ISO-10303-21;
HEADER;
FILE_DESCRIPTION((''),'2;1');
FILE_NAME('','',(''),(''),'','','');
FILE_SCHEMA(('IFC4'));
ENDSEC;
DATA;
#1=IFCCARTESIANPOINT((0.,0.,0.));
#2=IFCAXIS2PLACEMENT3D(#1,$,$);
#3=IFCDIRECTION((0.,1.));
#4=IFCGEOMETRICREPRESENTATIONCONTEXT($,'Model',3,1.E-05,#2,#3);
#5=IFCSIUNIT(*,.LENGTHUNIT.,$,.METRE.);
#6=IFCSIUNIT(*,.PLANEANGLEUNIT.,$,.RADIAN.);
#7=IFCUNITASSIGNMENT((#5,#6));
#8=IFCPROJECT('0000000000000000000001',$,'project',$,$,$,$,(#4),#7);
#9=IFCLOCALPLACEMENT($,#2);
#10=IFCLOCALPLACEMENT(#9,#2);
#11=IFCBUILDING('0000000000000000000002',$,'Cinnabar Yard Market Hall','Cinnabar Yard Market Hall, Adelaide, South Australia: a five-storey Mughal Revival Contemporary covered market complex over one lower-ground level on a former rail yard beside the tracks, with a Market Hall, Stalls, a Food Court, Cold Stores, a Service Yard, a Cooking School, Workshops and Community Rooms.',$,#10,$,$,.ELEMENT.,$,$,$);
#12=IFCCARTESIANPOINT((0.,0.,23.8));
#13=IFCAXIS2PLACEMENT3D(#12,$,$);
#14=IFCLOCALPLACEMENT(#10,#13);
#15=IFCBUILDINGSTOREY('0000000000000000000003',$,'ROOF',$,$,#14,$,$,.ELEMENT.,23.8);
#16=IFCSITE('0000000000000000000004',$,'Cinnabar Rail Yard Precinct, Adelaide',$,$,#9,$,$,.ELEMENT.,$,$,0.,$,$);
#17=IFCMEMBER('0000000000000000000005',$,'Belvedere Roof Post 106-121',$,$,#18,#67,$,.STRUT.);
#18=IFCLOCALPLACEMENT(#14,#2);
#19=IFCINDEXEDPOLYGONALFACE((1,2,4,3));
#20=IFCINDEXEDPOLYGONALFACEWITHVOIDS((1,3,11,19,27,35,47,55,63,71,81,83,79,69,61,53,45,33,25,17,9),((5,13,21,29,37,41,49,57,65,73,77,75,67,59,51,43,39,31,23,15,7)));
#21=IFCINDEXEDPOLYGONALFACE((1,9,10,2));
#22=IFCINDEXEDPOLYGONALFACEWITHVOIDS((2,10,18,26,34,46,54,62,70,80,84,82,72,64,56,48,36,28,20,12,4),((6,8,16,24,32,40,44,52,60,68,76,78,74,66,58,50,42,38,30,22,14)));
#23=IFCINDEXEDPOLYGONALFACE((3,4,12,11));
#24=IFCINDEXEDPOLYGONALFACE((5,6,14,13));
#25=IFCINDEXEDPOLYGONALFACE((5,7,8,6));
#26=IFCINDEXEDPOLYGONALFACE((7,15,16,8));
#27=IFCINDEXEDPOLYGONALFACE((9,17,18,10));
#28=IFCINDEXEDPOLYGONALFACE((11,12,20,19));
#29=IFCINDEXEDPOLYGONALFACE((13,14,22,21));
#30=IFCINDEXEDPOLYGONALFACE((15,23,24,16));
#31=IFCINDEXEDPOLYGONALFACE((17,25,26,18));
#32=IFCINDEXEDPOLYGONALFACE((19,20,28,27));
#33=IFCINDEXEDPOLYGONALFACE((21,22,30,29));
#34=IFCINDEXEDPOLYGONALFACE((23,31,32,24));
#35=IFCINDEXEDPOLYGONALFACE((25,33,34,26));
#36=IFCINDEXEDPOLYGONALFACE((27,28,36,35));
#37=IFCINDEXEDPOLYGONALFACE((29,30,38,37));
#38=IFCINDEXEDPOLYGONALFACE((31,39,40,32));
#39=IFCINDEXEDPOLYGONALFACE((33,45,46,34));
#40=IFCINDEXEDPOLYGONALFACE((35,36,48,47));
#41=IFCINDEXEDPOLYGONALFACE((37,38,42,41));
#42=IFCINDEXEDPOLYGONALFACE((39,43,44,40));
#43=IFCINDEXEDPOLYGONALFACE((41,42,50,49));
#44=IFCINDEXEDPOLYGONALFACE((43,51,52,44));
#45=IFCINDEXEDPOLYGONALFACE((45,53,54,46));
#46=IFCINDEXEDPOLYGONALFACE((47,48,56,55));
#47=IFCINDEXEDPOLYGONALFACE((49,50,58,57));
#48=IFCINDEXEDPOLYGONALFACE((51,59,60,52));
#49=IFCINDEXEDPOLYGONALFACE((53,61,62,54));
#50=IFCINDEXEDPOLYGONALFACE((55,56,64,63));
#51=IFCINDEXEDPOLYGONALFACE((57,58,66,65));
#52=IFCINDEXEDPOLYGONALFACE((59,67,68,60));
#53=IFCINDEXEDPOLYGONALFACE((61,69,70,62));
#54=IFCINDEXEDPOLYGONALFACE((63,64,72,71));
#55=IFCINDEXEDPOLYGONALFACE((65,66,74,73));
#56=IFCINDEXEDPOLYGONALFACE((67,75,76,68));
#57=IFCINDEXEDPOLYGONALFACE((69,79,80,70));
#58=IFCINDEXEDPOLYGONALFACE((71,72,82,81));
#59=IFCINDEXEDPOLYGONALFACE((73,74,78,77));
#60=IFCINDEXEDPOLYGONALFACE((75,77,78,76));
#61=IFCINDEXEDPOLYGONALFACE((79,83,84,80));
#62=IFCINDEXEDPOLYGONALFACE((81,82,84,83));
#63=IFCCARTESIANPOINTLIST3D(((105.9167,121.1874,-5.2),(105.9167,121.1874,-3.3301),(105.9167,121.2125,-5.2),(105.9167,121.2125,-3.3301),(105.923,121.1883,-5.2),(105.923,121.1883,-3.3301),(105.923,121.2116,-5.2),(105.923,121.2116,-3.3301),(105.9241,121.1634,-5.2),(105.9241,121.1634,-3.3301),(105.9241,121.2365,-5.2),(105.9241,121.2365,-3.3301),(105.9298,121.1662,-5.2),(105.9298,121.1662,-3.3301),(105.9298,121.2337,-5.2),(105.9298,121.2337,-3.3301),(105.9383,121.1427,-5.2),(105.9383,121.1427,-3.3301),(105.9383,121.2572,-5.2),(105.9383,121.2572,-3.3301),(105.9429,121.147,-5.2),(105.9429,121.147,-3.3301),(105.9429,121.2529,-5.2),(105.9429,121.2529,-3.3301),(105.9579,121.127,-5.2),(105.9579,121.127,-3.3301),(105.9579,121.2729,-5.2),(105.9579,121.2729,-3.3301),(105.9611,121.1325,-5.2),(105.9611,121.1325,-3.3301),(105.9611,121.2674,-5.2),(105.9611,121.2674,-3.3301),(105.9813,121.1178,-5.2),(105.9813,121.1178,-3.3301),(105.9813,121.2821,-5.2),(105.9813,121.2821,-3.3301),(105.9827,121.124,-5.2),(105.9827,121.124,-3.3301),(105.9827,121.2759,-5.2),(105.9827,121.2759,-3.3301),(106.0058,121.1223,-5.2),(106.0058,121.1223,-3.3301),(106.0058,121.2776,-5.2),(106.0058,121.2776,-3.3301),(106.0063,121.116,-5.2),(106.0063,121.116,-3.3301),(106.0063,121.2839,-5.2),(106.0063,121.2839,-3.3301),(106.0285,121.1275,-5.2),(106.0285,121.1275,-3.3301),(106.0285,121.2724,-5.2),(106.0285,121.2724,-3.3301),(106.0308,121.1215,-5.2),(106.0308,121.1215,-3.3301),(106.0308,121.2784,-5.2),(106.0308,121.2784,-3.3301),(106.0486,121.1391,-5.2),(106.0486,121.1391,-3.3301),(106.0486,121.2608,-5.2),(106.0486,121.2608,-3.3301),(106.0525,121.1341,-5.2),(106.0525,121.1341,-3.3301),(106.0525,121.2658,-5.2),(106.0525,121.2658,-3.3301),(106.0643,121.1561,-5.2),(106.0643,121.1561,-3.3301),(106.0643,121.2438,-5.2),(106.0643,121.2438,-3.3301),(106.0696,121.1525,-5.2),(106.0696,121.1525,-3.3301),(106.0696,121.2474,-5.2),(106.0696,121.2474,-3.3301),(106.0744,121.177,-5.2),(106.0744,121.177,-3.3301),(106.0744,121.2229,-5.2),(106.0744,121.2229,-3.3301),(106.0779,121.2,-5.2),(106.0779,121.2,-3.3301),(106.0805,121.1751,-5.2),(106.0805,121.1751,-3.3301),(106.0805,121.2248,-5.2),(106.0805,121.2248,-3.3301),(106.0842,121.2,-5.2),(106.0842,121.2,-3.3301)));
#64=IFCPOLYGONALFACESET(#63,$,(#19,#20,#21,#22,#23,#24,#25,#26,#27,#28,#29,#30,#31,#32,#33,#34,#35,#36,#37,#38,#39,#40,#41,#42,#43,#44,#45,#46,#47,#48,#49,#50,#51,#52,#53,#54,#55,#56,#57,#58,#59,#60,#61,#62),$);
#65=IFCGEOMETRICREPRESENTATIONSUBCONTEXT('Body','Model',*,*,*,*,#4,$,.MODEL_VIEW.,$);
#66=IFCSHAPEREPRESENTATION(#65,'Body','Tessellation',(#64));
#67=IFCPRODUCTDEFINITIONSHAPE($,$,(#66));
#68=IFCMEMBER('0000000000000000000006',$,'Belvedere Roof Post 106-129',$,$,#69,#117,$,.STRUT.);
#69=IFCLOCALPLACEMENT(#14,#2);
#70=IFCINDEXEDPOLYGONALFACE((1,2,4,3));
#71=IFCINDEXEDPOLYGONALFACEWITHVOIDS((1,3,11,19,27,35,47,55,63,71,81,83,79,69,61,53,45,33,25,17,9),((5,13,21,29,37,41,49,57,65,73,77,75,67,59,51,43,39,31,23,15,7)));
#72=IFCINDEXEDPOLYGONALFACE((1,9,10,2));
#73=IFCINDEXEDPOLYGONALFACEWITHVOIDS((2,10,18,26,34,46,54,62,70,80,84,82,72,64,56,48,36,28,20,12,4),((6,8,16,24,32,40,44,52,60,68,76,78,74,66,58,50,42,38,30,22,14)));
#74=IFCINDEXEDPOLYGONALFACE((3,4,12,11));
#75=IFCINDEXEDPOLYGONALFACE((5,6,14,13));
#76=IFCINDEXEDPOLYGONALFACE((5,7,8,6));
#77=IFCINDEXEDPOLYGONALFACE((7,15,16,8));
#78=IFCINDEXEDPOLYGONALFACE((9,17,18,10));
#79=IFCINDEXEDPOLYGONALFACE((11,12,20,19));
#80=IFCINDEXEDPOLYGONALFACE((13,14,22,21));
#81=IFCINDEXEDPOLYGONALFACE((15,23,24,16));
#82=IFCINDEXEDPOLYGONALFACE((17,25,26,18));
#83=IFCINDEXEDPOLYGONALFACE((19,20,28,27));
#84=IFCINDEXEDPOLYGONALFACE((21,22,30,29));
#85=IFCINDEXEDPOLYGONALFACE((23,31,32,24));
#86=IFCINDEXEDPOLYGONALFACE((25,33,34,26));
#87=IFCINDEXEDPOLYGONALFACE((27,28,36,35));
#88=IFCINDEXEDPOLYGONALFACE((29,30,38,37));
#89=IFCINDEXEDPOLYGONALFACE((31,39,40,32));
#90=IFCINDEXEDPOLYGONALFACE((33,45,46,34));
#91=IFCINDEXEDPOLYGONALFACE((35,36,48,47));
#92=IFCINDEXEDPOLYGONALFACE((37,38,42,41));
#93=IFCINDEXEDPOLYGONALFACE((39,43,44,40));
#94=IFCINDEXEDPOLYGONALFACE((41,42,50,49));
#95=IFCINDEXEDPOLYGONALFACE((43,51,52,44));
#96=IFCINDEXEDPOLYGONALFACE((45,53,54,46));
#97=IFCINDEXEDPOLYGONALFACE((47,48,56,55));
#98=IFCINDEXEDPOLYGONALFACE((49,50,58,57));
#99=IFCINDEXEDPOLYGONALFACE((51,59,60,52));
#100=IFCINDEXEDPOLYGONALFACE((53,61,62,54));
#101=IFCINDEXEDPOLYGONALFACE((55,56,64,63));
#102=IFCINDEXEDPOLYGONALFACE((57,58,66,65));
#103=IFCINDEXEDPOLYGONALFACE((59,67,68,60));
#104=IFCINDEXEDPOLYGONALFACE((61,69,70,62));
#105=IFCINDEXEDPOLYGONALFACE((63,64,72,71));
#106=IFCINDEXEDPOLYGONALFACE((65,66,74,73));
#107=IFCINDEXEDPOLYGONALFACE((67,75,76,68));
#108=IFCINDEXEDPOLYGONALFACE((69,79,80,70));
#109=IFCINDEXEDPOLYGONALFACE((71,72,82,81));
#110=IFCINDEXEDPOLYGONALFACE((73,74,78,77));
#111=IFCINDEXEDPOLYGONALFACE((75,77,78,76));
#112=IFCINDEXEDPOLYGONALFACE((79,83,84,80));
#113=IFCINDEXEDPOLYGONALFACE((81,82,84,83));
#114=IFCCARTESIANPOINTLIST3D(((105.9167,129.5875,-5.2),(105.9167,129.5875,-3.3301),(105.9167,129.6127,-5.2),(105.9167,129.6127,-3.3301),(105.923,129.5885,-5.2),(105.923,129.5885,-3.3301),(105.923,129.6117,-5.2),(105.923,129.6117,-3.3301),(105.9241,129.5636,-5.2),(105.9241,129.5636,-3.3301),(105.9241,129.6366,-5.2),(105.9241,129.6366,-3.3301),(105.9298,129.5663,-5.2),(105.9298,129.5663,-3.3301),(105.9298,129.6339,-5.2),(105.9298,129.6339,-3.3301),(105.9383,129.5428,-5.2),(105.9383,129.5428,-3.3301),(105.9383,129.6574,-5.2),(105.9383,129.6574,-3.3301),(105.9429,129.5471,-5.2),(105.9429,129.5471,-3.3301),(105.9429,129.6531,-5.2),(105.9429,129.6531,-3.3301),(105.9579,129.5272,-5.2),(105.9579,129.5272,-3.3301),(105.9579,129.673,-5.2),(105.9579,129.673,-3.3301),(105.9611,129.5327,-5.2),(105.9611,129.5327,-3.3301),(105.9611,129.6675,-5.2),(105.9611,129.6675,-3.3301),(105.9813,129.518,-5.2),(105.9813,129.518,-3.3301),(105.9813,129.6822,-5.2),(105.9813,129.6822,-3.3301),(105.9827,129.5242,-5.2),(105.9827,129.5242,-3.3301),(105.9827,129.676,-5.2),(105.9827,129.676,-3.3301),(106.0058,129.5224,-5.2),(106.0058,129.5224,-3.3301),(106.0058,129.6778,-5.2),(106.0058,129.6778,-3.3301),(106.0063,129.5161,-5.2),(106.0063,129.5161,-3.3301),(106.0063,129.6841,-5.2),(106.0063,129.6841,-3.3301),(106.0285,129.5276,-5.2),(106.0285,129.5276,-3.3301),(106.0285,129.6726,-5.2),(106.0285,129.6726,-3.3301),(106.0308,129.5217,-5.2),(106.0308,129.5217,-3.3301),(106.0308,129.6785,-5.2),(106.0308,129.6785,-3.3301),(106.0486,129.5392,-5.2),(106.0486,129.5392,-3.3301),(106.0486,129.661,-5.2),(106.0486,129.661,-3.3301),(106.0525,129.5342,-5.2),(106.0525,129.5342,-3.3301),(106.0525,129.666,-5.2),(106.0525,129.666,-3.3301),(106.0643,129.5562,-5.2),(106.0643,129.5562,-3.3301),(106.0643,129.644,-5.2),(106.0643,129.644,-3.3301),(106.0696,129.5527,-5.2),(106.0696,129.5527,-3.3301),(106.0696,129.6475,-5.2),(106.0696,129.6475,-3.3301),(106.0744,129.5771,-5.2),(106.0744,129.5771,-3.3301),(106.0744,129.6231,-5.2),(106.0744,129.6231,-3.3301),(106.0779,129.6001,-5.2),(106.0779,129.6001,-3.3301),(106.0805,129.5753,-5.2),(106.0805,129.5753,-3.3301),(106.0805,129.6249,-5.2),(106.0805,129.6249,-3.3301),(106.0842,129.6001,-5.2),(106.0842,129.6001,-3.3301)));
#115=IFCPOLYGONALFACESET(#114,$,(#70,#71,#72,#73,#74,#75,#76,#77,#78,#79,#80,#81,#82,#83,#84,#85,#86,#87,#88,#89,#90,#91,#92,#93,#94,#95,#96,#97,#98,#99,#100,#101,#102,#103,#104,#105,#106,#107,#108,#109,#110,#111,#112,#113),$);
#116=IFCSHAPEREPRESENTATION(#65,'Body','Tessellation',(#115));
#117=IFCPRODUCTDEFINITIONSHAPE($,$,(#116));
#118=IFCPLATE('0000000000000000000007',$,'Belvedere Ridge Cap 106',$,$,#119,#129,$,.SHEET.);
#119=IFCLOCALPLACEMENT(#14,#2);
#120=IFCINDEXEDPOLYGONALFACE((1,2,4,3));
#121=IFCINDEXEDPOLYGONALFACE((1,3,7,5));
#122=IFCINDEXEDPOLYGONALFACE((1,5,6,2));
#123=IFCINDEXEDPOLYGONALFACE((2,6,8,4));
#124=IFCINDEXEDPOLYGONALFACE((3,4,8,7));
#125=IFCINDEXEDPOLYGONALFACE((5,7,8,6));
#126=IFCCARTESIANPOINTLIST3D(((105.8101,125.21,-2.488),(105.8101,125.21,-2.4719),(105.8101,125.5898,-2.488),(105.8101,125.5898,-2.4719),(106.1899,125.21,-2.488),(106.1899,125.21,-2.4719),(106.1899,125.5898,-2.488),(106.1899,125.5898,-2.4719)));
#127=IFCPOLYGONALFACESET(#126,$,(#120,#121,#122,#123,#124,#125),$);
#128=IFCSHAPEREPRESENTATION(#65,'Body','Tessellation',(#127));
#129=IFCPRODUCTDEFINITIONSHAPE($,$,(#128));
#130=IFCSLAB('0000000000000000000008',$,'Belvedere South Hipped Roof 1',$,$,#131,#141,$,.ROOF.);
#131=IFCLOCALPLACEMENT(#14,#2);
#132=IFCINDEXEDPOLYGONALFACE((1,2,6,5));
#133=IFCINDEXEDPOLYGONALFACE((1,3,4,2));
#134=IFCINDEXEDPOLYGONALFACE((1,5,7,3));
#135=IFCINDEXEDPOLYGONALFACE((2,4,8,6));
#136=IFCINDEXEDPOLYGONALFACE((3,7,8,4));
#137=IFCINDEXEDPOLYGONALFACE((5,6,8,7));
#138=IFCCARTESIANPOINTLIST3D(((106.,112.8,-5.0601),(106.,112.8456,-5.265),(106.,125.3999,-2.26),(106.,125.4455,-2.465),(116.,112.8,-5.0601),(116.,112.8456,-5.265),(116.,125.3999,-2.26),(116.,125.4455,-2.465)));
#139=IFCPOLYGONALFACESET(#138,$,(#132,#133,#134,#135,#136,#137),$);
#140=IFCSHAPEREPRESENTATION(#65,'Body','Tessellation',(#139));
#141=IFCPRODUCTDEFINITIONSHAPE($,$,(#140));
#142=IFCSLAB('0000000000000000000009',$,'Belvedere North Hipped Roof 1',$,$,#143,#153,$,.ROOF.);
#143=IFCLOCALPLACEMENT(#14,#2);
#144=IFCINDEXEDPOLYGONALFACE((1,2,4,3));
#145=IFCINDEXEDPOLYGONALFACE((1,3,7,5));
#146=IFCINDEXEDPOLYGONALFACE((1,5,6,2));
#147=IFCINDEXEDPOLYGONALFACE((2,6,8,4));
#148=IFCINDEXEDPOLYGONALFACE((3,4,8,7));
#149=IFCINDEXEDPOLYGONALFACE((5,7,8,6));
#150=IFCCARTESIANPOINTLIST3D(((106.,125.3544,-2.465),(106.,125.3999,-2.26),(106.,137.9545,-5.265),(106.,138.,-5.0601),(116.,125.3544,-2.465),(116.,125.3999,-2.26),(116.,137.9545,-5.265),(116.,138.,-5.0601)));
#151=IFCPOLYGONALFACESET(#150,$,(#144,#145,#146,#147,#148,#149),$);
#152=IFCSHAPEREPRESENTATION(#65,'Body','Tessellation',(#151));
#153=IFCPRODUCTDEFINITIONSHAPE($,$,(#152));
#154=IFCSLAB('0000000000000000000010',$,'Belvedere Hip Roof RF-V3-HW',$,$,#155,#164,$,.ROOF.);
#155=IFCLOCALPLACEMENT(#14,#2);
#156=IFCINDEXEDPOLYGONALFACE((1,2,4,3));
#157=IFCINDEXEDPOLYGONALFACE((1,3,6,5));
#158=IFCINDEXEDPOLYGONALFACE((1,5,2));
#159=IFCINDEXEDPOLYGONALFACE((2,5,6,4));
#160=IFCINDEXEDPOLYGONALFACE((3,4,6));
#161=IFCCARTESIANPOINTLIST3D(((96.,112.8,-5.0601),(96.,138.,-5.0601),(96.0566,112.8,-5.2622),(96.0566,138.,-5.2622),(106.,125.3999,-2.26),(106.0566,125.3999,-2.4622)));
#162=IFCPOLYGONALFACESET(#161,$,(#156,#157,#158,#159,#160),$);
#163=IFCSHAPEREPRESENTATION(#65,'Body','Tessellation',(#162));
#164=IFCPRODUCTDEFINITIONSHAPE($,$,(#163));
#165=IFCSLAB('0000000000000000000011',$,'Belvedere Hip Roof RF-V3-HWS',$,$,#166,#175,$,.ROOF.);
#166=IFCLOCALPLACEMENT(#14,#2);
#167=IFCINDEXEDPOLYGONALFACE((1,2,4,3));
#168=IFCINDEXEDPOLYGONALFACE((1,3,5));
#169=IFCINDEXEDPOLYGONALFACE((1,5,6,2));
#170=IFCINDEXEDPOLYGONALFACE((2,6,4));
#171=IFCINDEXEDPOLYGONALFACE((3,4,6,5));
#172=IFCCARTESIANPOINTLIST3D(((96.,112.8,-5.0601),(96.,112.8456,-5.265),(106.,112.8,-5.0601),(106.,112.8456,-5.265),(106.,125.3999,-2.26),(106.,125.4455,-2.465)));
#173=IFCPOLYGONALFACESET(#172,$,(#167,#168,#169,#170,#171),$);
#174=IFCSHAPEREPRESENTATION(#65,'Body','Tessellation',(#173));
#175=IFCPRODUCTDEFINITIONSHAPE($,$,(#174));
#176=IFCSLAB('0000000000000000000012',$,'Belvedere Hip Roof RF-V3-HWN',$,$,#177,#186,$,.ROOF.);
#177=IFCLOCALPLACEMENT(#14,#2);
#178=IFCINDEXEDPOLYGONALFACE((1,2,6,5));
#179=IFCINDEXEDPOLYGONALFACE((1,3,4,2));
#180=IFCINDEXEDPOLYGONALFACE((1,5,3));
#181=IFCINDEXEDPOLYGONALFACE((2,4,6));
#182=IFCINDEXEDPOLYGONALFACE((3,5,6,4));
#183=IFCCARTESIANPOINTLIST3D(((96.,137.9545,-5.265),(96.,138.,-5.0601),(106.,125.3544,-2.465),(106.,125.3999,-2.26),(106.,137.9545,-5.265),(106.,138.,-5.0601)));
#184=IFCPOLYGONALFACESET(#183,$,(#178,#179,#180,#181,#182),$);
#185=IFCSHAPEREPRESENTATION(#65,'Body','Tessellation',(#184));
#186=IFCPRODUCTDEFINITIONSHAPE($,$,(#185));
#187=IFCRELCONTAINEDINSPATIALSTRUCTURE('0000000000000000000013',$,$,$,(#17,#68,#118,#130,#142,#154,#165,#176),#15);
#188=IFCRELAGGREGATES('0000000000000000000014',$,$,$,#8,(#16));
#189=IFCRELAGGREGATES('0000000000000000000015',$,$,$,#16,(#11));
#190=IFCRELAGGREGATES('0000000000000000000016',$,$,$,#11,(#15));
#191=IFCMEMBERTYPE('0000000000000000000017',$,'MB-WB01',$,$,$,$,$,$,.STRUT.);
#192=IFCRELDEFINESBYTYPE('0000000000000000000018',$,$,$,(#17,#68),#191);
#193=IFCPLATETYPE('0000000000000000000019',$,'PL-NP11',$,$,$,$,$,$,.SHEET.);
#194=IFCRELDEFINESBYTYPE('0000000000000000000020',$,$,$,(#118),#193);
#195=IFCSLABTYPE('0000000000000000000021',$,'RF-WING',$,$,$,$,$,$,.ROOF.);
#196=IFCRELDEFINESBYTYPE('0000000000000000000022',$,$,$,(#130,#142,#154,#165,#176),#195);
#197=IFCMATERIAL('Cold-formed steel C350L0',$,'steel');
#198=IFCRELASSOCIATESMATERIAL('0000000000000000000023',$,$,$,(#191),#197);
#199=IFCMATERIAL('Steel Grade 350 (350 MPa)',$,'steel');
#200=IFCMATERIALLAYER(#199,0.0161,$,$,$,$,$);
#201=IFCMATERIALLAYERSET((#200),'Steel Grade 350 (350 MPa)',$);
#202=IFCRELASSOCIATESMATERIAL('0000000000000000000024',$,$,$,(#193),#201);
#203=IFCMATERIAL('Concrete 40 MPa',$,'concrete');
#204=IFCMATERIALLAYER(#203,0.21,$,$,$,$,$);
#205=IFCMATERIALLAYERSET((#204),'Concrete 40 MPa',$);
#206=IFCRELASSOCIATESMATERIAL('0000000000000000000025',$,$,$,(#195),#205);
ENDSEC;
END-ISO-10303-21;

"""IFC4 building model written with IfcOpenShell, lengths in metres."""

from ifc_helpers import new_model, si_unit, direction, frame, origin, origin_2d_with_axis, place, context, subcontext, project, spatial, polyline, rectangle, hollow_circle, outline, extrude, material, layer, layer_set, material_profile, profile_set, type_object, element, save


model = new_model("IFC4")

# Units and contexts
model_context = context("Model", 3, precision=1e-05, world=origin(), true_north=direction((0.0, 1.0)))
body_context = subcontext(model_context, "Body", "Model", "MODEL_VIEW")
ifc_project = project(units=[si_unit("LENGTHUNIT", "METRE"), si_unit("PLANEANGLEUNIT", "RADIAN")], contexts=[model_context])

# Site, building, storey
site_placement = place(None, origin())
site = spatial("IfcSite", under=ifc_project, at=site_placement, Name="Cinnabar Rail Yard Precinct, Adelaide", CompositionType="ELEMENT", RefElevation=0.0)
building_placement = place(site_placement, origin())
building = spatial("IfcBuilding", under=site, at=building_placement, Name="Cinnabar Yard Market Hall", Description="Cinnabar Yard Market Hall, Adelaide, South Australia: a five-storey Mughal Revival Contemporary covered market complex over one lower-ground level on a former rail yard beside the tracks, with a Market Hall, Stalls, a Food Court, Cold Stores, a Service Yard, a Cooking School, Workshops and Community Rooms.", CompositionType="ELEMENT")
storey_placement = place(building_placement, frame((0.0, 0.0, 23.8)))
storey = spatial("IfcBuildingStorey", under=building, at=storey_placement, Name="ROOF", CompositionType="ELEMENT", Elevation=23.8)

# Shared definitions
ifc_material_1 = material(Name="Steel Grade 350 (350 MPa)", Category="steel")
ifc_material_2 = material(Name="Cold-formed steel C350L0", Category="steel")

# Members
ifc_material_profile_1 = material_profile(ifc_material_2, hollow_circle(Radius=0.0842, WallThickness=0.0063, at=origin_2d_with_axis()), Name="168.3x6.4CHS")
ifc_profile_set_1 = profile_set([ifc_material_profile_1], Name="Cold-formed steel C350L0")
member_type_1 = type_object("IfcMemberType", Name="MB-WB01", PredefinedType="STRUT", material=ifc_profile_set_1)
for number, where, z_axis, x_axis, name in (
    (1, (106.0, 121.2, -5.2), (0.0, 0.0, 1.0), (1.0, 0.0, 0.0), "Belvedere Roof Post 106-121"),
    (2, (106.0, 129.6001, -5.2), (0.0, 0.0, 1.0), (1.0, 0.0, 0.0), "Belvedere Roof Post 106-129"),
):
    element("IfcMember", number, at=place(storey_placement, frame(where, z_axis=z_axis, x_axis=x_axis)), inside=storey, type_object=member_type_1, Name=name, PredefinedType="STRUT", context=body_context, shape_type="SweptSolid", body=[
        extrude(hollow_circle(Radius=0.0842, WallThickness=0.0063, at=origin_2d_with_axis()), origin(), (0.0, 0.0, 1.0), 1.8699),
    ])

# Plate
ifc_layer_1 = layer(ifc_material_1, 0.0161)
ifc_layer_set_1 = layer_set([ifc_layer_1], Name="Steel Grade 350 (350 MPa)")
plate_type = type_object("IfcPlateType", Name="PL-NP11", PredefinedType="SHEET", material=ifc_layer_set_1)
plate_placement = place(storey_placement, frame((106.0, 125.3999, -2.488), z_axis=(0.0, 0.0, 1.0), x_axis=(1.0, 0.0, 0.0)))
element("IfcPlate", 3, at=plate_placement, inside=storey, type_object=plate_type, Name="Belvedere Ridge Cap 106", PredefinedType="SHEET", context=body_context, shape_type="SweptSolid", body=[
    extrude(rectangle(XDim=0.3799, YDim=0.3799, at=origin_2d_with_axis()), origin(), (0.0, 0.0, 1.0), 0.0161),
])

# Slabs
ifc_material_3 = material(Name="Concrete 40 MPa", Category="concrete")
ifc_layer_2 = layer(ifc_material_3, 0.21)
ifc_layer_set_2 = layer_set([ifc_layer_2], Name="Concrete 40 MPa")
slab_type = type_object("IfcSlabType", Name="RF-WING", PredefinedType="ROOF", material=ifc_layer_set_2)
slab_1_placement = place(storey_placement, frame((106.0, 112.8, -5.0601), z_axis=(0.0, -0.216936, 0.976186), x_axis=(1.0, 0.0, 0.0)))
element("IfcSlab", 4, at=slab_1_placement, inside=storey, type_object=slab_type, Name="Belvedere South Hipped Roof 1", PredefinedType="ROOF", context=body_context, shape_type="SweptSolid", body=[
    extrude(outline(polyline([(0.0, 0.0), (10.0, 0.0), (10.0, 12.9072), (0.0, 12.9072), (0.0, 0.0)])), origin(), (0.0, 0.0, -1.0), 0.21),
])
slab_2_placement = place(storey_placement, frame((106.0, 125.3999, -2.26), z_axis=(0.0, 0.216932, 0.976187), x_axis=(1.0, 0.0, 0.0)))
element("IfcSlab", 5, at=slab_2_placement, inside=storey, type_object=slab_type, Name="Belvedere North Hipped Roof 1", PredefinedType="ROOF", context=body_context, shape_type="SweptSolid", body=[
    extrude(outline(polyline([(0.0, 0.0), (10.0, 0.0), (10.0, 12.9075), (0.0, 12.9075), (0.0, 0.0)])), origin(), (0.0, 0.0, -1.0), 0.21),
])
slab_3_placement = place(storey_placement, frame((96.0, 138.0, -5.0601), z_axis=(-0.269634, 0.0, 0.962963), x_axis=(0.0, -1.0, 0.0)))
element("IfcSlab", 6, at=slab_3_placement, inside=storey, type_object=slab_type, Name="Belvedere Hip Roof RF-V3-HW", PredefinedType="ROOF", context=body_context, shape_type="SweptSolid", body=[
    extrude(outline(polyline([(0.0, 0.0), (25.2, 0.0), (12.6001, 10.3846), (0.0, 0.0)])), origin(), (0.0, 0.0, -1.0), 0.21),
])
slab_4_placement = place(storey_placement, frame((96.0, 112.8, -5.0601), z_axis=(0.0, -0.216936, 0.976186), x_axis=(1.0, 0.0, 0.0)))
element("IfcSlab", 7, at=slab_4_placement, inside=storey, type_object=slab_type, Name="Belvedere Hip Roof RF-V3-HWS", PredefinedType="ROOF", context=body_context, shape_type="SweptSolid", body=[
    extrude(outline(polyline([(0.0, 0.0), (10.0, 0.0), (10.0, 12.9072), (0.0, 0.0)])), origin(), (0.0, 0.0, -1.0), 0.21),
])
slab_5_placement = place(storey_placement, frame((106.0, 138.0, -5.0601), z_axis=(0.0, 0.216932, 0.976187), x_axis=(-1.0, 0.0, 0.0)))
element("IfcSlab", 8, at=slab_5_placement, inside=storey, type_object=slab_type, Name="Belvedere Hip Roof RF-V3-HWN", PredefinedType="ROOF", context=body_context, shape_type="SweptSolid", body=[
    extrude(outline(polyline([(0.0, 0.0), (10.0, 0.0), (0.0, 12.9075), (0.0, 0.0)])), origin(), (0.0, 0.0, -1.0), 0.21),
])

save(model, "model.ifc")
